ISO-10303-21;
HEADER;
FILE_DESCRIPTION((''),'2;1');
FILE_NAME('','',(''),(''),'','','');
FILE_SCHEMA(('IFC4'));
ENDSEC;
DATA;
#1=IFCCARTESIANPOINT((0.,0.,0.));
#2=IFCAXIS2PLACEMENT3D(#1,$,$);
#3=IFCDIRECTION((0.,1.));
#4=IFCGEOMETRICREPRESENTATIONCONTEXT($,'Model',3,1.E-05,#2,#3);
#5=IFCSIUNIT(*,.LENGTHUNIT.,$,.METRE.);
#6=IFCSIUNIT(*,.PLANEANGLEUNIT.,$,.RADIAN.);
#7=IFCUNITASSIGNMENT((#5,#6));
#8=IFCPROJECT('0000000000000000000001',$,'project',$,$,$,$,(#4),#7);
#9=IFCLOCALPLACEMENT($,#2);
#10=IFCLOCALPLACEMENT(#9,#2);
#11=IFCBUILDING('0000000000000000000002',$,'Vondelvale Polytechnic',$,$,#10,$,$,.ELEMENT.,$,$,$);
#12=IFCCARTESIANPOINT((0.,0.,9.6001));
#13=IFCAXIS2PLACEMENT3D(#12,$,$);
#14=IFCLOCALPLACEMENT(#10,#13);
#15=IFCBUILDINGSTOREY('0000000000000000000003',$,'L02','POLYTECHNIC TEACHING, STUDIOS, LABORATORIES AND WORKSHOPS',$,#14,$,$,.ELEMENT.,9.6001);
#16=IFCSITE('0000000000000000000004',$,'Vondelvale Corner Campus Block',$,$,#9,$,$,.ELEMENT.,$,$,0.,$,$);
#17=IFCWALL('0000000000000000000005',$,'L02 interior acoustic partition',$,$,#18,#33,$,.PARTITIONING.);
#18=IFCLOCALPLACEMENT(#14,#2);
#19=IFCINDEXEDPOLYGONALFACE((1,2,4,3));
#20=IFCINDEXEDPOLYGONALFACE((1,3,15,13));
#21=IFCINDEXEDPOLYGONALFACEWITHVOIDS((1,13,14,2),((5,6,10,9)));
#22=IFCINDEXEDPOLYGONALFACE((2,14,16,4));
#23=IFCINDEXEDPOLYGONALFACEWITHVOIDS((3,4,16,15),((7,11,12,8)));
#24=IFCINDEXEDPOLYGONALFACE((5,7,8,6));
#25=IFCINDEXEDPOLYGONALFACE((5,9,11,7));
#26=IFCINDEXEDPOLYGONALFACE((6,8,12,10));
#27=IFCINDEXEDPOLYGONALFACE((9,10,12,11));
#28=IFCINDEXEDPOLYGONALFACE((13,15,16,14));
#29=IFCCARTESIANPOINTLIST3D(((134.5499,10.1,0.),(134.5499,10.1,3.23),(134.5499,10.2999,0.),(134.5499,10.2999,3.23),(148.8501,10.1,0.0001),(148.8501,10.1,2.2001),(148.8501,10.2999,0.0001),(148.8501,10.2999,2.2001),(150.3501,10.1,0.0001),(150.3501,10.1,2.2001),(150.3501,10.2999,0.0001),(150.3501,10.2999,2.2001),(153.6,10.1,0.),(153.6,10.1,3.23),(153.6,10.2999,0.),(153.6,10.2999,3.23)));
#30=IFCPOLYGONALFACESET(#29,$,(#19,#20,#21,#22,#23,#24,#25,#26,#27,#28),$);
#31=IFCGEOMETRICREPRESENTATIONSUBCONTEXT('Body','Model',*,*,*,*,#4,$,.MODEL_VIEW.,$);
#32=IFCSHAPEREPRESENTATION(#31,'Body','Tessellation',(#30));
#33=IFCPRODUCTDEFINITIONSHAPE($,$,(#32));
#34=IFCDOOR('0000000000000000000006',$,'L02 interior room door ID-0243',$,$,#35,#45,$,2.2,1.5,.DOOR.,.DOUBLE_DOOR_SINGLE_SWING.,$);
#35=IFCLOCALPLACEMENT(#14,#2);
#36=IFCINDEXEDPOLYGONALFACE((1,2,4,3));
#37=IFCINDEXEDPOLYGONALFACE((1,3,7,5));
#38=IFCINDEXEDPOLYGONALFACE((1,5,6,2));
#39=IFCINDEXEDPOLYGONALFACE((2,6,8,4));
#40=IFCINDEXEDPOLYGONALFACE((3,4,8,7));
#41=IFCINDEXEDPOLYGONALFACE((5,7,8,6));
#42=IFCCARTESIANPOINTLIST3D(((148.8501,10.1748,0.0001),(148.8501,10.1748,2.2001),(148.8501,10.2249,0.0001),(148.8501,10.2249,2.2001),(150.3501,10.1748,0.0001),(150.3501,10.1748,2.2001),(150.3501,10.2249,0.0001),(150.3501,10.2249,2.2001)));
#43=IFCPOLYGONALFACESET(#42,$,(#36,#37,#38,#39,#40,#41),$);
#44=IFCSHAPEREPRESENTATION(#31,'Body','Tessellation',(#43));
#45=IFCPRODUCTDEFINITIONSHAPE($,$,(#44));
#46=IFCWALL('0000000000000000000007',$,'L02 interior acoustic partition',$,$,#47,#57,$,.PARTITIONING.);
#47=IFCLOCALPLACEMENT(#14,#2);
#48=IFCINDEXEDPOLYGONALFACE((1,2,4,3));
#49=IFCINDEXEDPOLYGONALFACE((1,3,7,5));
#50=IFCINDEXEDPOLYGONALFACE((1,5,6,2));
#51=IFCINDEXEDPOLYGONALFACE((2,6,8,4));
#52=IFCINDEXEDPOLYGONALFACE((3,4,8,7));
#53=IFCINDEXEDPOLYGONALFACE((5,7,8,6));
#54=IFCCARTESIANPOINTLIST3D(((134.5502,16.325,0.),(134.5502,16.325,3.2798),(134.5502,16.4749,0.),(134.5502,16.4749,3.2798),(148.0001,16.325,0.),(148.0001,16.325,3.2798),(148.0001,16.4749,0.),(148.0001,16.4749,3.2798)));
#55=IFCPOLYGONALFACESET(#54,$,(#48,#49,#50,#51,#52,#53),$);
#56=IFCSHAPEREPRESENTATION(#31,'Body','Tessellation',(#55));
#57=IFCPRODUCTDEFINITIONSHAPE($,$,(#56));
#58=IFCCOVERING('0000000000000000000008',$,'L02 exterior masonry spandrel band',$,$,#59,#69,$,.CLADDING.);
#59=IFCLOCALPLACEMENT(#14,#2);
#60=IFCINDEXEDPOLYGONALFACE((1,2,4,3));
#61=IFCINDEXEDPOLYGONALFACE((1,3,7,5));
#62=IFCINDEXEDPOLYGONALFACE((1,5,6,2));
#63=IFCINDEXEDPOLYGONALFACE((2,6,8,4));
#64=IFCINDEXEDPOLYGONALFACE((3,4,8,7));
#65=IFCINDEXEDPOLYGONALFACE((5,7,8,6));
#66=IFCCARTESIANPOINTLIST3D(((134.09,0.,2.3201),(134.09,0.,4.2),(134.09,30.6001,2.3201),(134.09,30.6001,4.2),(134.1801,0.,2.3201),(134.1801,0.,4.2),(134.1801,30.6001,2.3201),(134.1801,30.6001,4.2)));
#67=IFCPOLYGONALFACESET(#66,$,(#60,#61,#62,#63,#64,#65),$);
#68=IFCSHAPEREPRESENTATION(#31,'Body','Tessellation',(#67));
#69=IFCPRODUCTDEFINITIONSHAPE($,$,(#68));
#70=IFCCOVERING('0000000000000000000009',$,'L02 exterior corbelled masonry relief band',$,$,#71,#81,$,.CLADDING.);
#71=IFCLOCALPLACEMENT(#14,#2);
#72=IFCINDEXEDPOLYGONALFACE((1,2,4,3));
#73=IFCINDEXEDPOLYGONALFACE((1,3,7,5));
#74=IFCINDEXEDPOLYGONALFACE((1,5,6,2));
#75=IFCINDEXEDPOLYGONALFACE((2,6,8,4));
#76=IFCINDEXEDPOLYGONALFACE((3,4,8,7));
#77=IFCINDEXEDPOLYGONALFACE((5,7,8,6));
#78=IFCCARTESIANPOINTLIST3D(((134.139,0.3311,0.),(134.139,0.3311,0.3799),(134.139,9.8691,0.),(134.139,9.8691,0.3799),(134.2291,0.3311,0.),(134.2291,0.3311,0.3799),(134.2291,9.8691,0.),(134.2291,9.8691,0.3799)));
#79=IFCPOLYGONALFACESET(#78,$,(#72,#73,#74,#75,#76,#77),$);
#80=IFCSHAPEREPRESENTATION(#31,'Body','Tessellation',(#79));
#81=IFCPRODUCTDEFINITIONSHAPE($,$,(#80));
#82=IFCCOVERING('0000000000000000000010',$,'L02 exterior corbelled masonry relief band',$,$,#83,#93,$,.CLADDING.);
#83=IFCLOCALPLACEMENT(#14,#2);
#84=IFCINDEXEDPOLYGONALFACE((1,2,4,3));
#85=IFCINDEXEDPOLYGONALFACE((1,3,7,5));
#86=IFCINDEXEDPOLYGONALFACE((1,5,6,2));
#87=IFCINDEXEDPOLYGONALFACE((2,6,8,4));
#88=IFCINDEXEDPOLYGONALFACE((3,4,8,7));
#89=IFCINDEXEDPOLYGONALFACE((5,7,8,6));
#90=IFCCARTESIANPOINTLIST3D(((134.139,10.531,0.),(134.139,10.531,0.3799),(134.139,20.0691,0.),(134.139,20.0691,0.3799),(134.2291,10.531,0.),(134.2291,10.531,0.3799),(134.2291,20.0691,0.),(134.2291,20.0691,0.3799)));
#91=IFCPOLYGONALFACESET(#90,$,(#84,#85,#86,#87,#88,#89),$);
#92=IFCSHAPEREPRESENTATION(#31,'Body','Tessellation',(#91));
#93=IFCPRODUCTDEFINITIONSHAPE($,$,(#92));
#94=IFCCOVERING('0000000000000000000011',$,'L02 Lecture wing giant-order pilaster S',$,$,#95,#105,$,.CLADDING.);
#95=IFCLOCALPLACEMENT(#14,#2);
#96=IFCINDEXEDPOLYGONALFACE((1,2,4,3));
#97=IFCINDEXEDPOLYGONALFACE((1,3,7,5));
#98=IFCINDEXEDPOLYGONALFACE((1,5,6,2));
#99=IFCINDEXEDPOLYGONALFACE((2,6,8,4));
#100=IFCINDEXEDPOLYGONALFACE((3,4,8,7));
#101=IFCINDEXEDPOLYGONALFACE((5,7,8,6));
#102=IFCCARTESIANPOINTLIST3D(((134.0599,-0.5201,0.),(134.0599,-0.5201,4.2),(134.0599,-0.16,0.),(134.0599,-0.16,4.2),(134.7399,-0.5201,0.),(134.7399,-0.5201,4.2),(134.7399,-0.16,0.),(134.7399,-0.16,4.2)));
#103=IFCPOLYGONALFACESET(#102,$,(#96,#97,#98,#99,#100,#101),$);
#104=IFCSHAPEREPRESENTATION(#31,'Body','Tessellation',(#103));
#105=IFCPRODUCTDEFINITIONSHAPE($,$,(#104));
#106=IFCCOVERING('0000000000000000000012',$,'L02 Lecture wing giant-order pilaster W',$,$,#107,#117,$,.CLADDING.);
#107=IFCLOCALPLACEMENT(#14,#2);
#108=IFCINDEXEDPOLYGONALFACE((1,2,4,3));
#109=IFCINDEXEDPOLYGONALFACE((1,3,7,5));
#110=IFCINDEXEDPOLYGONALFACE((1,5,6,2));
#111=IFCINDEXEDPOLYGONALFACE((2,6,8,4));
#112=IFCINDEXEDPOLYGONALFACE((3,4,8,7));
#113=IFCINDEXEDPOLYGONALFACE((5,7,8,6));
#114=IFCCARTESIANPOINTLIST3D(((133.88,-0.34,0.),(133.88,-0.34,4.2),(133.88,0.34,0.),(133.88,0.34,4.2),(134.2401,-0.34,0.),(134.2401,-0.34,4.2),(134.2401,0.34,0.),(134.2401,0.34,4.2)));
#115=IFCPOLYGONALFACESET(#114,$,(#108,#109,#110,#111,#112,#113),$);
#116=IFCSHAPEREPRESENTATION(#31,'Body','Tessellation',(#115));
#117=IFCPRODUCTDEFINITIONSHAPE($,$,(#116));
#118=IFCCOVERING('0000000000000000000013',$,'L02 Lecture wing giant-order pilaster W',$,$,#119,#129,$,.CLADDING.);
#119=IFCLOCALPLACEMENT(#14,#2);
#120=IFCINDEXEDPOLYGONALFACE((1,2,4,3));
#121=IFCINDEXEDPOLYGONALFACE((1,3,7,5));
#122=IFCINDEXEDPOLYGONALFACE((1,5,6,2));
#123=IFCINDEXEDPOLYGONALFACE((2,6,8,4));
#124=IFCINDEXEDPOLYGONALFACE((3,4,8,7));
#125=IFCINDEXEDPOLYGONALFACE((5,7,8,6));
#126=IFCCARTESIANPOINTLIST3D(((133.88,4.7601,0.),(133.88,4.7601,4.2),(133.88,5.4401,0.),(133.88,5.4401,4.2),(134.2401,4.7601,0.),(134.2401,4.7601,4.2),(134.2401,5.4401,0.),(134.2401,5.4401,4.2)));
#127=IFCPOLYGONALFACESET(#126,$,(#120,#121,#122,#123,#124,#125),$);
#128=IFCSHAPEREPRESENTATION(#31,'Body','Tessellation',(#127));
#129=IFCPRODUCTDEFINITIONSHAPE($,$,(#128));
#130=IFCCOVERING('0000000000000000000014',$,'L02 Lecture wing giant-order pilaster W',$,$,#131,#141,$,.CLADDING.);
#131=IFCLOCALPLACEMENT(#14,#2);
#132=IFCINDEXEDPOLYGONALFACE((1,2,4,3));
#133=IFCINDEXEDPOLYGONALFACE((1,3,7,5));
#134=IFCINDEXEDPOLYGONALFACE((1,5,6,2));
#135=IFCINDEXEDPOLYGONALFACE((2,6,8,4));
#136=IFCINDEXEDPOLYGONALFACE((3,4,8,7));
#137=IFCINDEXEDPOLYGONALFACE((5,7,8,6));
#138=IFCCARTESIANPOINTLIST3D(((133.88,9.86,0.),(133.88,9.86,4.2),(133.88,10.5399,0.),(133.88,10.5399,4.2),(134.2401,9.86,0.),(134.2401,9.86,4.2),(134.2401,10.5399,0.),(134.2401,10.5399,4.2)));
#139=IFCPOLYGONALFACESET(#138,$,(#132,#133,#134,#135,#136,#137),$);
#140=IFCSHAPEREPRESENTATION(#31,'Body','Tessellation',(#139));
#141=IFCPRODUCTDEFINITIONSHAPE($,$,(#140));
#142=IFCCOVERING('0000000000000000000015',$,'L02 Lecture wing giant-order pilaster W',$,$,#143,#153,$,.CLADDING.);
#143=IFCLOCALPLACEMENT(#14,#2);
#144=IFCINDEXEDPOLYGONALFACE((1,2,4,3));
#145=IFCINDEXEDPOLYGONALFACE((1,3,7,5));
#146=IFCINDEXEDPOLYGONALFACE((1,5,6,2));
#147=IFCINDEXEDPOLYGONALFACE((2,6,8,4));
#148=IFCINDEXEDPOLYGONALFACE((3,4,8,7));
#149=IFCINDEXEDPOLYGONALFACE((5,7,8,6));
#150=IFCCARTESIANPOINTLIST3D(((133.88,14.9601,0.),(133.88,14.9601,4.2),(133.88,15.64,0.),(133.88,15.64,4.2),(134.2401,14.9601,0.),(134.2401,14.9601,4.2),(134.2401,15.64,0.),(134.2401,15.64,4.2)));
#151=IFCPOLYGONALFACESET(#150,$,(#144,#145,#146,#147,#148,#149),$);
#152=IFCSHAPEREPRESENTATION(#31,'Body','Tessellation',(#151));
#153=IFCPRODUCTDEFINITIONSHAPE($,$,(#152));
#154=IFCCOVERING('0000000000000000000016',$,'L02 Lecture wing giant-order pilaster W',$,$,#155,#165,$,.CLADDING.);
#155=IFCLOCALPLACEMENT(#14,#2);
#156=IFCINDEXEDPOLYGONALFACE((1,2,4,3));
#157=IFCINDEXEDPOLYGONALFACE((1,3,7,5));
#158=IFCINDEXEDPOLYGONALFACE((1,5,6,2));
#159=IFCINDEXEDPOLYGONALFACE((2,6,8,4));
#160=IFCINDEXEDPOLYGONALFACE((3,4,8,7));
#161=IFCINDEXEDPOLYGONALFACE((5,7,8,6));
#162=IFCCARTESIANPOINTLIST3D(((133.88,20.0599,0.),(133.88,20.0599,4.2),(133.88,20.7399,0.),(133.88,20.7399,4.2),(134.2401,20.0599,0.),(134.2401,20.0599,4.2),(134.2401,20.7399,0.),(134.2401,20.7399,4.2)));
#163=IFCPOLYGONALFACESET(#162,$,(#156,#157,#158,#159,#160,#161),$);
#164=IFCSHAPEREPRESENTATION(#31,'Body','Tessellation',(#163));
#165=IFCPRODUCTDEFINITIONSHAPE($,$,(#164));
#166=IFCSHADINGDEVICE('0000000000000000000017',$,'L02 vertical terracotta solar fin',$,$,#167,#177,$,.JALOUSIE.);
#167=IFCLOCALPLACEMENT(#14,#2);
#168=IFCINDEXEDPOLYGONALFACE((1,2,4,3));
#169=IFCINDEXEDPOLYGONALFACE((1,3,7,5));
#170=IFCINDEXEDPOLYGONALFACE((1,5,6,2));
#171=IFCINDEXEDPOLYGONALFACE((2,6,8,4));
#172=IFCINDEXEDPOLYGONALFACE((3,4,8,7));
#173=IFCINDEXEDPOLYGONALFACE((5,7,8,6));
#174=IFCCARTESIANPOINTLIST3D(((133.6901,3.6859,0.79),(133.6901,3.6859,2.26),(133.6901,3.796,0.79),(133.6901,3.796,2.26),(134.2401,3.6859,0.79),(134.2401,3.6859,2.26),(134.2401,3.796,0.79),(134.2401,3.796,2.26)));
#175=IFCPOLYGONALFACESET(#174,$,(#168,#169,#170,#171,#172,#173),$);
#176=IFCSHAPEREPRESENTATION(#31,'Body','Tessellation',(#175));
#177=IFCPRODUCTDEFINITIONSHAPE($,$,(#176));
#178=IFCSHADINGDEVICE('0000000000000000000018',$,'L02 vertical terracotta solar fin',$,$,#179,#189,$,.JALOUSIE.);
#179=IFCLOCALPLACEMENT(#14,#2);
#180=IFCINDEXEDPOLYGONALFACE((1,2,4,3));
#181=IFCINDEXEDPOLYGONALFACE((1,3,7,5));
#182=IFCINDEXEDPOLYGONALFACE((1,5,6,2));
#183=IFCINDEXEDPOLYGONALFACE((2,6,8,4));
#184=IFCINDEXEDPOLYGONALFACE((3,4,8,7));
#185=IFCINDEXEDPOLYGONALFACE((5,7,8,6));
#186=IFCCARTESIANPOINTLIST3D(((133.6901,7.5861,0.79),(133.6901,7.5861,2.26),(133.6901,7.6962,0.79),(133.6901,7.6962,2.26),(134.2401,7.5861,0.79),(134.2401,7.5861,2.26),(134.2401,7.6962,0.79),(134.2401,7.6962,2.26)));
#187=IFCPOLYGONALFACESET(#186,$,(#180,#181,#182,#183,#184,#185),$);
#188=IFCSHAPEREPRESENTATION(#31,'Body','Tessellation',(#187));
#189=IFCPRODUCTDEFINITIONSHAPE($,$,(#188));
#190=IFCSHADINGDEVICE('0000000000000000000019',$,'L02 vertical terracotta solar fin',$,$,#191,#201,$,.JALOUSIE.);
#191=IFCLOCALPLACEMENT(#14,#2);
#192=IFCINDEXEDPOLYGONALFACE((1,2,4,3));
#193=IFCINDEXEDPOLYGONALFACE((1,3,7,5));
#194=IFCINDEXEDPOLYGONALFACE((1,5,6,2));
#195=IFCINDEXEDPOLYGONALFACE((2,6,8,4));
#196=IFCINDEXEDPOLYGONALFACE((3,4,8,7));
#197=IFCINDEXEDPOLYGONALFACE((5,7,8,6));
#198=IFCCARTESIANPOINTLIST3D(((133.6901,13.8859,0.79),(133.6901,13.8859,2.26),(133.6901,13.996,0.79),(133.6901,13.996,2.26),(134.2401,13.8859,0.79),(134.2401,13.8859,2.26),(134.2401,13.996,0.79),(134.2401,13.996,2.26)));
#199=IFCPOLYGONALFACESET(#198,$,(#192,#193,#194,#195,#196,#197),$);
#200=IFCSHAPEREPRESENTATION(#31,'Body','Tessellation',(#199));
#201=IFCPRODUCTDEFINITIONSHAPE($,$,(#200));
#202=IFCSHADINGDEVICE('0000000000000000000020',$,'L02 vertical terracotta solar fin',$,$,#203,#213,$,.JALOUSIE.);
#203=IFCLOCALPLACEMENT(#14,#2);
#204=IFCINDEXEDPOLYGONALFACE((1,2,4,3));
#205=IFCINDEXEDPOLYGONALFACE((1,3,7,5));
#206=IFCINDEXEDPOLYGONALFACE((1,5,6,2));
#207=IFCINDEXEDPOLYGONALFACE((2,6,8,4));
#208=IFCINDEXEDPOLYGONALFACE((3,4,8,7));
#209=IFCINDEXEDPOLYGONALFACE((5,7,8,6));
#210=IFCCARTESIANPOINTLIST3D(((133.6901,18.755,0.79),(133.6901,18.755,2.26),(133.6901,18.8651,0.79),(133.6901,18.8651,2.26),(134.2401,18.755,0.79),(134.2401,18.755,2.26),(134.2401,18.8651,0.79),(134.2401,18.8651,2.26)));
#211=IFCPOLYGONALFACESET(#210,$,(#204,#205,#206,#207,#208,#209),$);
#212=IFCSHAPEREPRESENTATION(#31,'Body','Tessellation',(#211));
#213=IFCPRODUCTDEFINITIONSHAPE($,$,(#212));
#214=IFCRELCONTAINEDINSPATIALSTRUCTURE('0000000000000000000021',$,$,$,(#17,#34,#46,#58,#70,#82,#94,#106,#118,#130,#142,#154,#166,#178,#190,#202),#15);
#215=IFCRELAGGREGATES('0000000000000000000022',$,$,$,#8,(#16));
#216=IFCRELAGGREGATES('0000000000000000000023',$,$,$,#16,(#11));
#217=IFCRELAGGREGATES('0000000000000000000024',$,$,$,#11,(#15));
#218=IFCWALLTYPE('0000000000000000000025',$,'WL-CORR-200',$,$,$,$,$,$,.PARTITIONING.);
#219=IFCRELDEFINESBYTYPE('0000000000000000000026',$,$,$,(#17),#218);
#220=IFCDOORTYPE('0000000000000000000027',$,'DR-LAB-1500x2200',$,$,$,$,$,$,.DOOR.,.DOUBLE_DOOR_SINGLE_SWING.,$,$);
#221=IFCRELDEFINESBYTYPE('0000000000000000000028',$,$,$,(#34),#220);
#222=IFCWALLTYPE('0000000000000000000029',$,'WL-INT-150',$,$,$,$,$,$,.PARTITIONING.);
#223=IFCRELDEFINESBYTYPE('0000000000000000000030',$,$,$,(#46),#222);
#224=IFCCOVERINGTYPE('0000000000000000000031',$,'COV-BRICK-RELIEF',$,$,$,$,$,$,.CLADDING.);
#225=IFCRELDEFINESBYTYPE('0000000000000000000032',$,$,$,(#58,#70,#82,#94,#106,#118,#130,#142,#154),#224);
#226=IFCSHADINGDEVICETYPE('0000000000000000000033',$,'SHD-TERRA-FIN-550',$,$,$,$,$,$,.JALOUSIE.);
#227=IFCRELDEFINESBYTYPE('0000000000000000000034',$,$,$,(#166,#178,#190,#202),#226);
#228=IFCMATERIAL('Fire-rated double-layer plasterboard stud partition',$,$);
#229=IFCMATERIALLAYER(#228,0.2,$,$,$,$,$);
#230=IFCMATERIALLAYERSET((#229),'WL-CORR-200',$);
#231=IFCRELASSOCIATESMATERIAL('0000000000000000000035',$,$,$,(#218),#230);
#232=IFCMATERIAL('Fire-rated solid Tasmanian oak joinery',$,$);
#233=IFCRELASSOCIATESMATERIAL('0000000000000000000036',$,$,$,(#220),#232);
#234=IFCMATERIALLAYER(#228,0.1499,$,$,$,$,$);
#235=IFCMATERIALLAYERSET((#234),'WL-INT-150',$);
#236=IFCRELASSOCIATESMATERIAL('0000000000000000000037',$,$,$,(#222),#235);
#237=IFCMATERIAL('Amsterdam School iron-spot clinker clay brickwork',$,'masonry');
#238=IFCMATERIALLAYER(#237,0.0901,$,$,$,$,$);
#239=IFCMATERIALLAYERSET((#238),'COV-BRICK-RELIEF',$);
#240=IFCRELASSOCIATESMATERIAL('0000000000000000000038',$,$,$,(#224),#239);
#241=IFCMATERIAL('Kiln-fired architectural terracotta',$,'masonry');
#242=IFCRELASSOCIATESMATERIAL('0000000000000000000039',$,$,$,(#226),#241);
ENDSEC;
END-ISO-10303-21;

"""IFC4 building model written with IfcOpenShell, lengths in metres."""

from ifc_helpers import new_model, si_unit, direction, frame, frame_2d, origin, origin_2d, place, context, subcontext, project, spatial, rectangle, extrude, material, layer, layer_set, type_object, element, fill, save


model = new_model("IFC4")

# Units and contexts
model_context = context("Model", 3, precision=1e-05, world=origin(), true_north=direction((0.0, 1.0)))
body_context = subcontext(model_context, "Body", "Model", "MODEL_VIEW")
ifc_project = project(units=[si_unit("LENGTHUNIT", "METRE"), si_unit("PLANEANGLEUNIT", "RADIAN")], contexts=[model_context])

# Site, building, storey
site_placement = place(None, origin())
site = spatial("IfcSite", under=ifc_project, at=site_placement, Name="Vondelvale Corner Campus Block", CompositionType="ELEMENT", RefElevation=0.0)
building_placement = place(site_placement, origin())
building = spatial("IfcBuilding", under=site, at=building_placement, Name="Vondelvale Polytechnic", CompositionType="ELEMENT")
storey_placement = place(building_placement, frame((0.0, 0.0, 9.6001)))
storey = spatial("IfcBuildingStorey", under=building, at=storey_placement, Name="L02", Description="POLYTECHNIC TEACHING, STUDIOS, LABORATORIES AND WORKSHOPS", CompositionType="ELEMENT", Elevation=9.6001)

# Shared definitions
ifc_material_1 = material(Name="Amsterdam School iron-spot clinker clay brickwork", Category="masonry")

# Wall, opening, door
ifc_material_2 = material(Name="Fire-rated double-layer plasterboard stud partition")
ifc_layer_1 = layer(ifc_material_2, 0.2)
ifc_layer_set_1 = layer_set([ifc_layer_1], Name="WL-CORR-200")
wall_type_1 = type_object("IfcWallType", Name="WL-CORR-200", PredefinedType="PARTITIONING", material=ifc_layer_set_1)
wall_1_placement = place(storey_placement, frame((134.55, 10.2, 0.0), z_axis=(0.0, 0.0, 1.0), x_axis=(1.0, 0.0, 0.0)))
wall_1 = element("IfcWall", 1, at=wall_1_placement, inside=storey, type_object=wall_type_1, Name="L02 interior acoustic partition", PredefinedType="PARTITIONING", context=body_context, shape_type="SweptSolid", body=[
    extrude(rectangle(XDim=19.05, YDim=0.2, at=frame_2d((9.5249, 0.0))), origin(), (0.0, 0.0, 1.0), 3.23),
])
opening_1_placement = place(wall_1_placement, frame((14.3, 0.0, 0.0)))
opening_1 = element("IfcOpeningElement", 2, at=opening_1_placement, cuts=wall_1, PredefinedType="OPENING", context=body_context, shape_type="SweptSolid", body=[
    extrude(rectangle(XDim=1.5, YDim=2.2, at=frame_2d((0.75, 1.1001))), frame((0.0, 0.1099, 0.0), z_axis=(0.0, -1.0, 0.0), x_axis=(1.0, 0.0, 0.0)), (0.0, 0.0, 1.0), 0.22),
])
ifc_material_3 = material(Name="Fire-rated solid Tasmanian oak joinery")
door_type = type_object("IfcDoorType", Name="DR-LAB-1500x2200", OperationType="DOUBLE_DOOR_SINGLE_SWING", PredefinedType="DOOR", material=ifc_material_3)
door_placement = place(opening_1_placement, origin())
door = element("IfcDoor", 3, at=door_placement, inside=storey, type_object=door_type, Name="L02 interior room door ID-0243", OperationType="DOUBLE_DOOR_SINGLE_SWING", OverallHeight=2.2, OverallWidth=1.5, PredefinedType="DOOR", context=body_context, shape_type="SweptSolid", body=[
    extrude(rectangle(XDim=1.5, YDim=2.2, at=frame_2d((0.75, 1.1001))), frame((0.0, 0.0249, 0.0), z_axis=(0.0, -1.0, 0.0), x_axis=(1.0, 0.0, 0.0)), (0.0, 0.0, 1.0), 0.05),
])
fill(opening_1, door)

# Wall
ifc_layer_2 = layer(ifc_material_2, 0.1499)
ifc_layer_set_2 = layer_set([ifc_layer_2], Name="WL-INT-150")
wall_type_2 = type_object("IfcWallType", Name="WL-INT-150", PredefinedType="PARTITIONING", material=ifc_layer_set_2)
wall_2_placement = place(storey_placement, frame((134.55, 16.3999, 0.0), z_axis=(0.0, 0.0, 1.0), x_axis=(1.0, 0.0, 0.0)))
element("IfcWall", 4, at=wall_2_placement, inside=storey, type_object=wall_type_2, Name="L02 interior acoustic partition", PredefinedType="PARTITIONING", context=body_context, shape_type="SweptSolid", body=[
    extrude(rectangle(XDim=13.45, YDim=0.1499, at=frame_2d((6.7251, 0.0))), origin(), (0.0, 0.0, 1.0), 3.2798),
])

# Coverings
ifc_layer_3 = layer(ifc_material_1, 0.0901)
ifc_layer_set_3 = layer_set([ifc_layer_3], Name="COV-BRICK-RELIEF")
covering_type = type_object("IfcCoveringType", Name="COV-BRICK-RELIEF", PredefinedType="CLADDING", material=ifc_layer_set_3)
covering_1_placement = place(storey_placement, frame((134.135, 15.3, 2.3201), z_axis=(0.0, 0.0, 1.0), x_axis=(0.0, 1.0, 0.0)))
element("IfcCovering", 5, at=covering_1_placement, inside=storey, type_object=covering_type, Name="L02 exterior masonry spandrel band", PredefinedType="CLADDING", context=body_context, shape_type="SweptSolid", body=[
    extrude(rectangle(XDim=30.6001, YDim=0.0901, at=origin_2d()), origin(), (0.0, 0.0, 1.0), 1.8799),
])
for number, where, z_axis, x_axis, name in (
    (6, (134.1841, 5.1001, 0.0), (0.0, 0.0, 1.0), (0.0, 1.0, 0.0), "L02 exterior corbelled masonry relief band"),
    (7, (134.1841, 15.3, 0.0), (0.0, 0.0, 1.0), (0.0, 1.0, 0.0), "L02 exterior corbelled masonry relief band"),
):
    element("IfcCovering", number, at=place(storey_placement, frame(where, z_axis=z_axis, x_axis=x_axis)), inside=storey, type_object=covering_type, Name=name, PredefinedType="CLADDING", context=body_context, shape_type="SweptSolid", body=[
        extrude(rectangle(XDim=9.5381, YDim=0.0901, at=origin_2d()), origin(), (0.0, 0.0, 1.0), 0.3799),
    ])
covering_2_placement = place(storey_placement, frame((134.3999, -0.3401, 0.0), z_axis=(0.0, 0.0, 1.0), x_axis=(1.0, 0.0, 0.0)))
element("IfcCovering", 8, at=covering_2_placement, inside=storey, type_object=covering_type, Name="L02 Lecture wing giant-order pilaster S", PredefinedType="CLADDING", context=body_context, shape_type="SweptSolid", body=[
    extrude(rectangle(XDim=0.6799, YDim=0.3601, at=origin_2d()), origin(), (0.0, 0.0, 1.0), 4.2),
])
for number, where, z_axis, x_axis, name in (
    (9, (134.0601, 0.0, 0.0), (0.0, 0.0, 1.0), (1.0, 0.0, 0.0), "L02 Lecture wing giant-order pilaster W"),
    (10, (134.0601, 5.1001, 0.0), (0.0, 0.0, 1.0), (1.0, 0.0, 0.0), "L02 Lecture wing giant-order pilaster W"),
    (11, (134.0601, 10.2, 0.0), (0.0, 0.0, 1.0), (1.0, 0.0, 0.0), "L02 Lecture wing giant-order pilaster W"),
    (12, (134.0601, 15.3, 0.0), (0.0, 0.0, 1.0), (1.0, 0.0, 0.0), "L02 Lecture wing giant-order pilaster W"),
    (13, (134.0601, 20.3999, 0.0), (0.0, 0.0, 1.0), (1.0, 0.0, 0.0), "L02 Lecture wing giant-order pilaster W"),
):
    element("IfcCovering", number, at=place(storey_placement, frame(where, z_axis=z_axis, x_axis=x_axis)), inside=storey, type_object=covering_type, Name=name, PredefinedType="CLADDING", context=body_context, shape_type="SweptSolid", body=[
        extrude(rectangle(XDim=0.3601, YDim=0.6799, at=origin_2d()), origin(), (0.0, 0.0, 1.0), 4.2),
    ])

# Shading devices
ifc_material_4 = material(Name="Kiln-fired architectural terracotta", Category="masonry")
shading_device_type = type_object("IfcShadingDeviceType", Name="SHD-TERRA-FIN-550", PredefinedType="JALOUSIE", material=ifc_material_4)
for number, where, z_axis, x_axis, name in (
    (14, (133.9651, 3.741, 0.79), (0.0, 0.0, 1.0), (0.0, 1.0, 0.0), "L02 vertical terracotta solar fin"),
    (15, (133.9651, 7.6411, 0.79), (0.0, 0.0, 1.0), (0.0, 1.0, 0.0), "L02 vertical terracotta solar fin"),
    (16, (133.9651, 13.9409, 0.79), (0.0, 0.0, 1.0), (0.0, 1.0, 0.0), "L02 vertical terracotta solar fin"),
    (17, (133.9651, 18.8101, 0.79), (0.0, 0.0, 1.0), (0.0, 1.0, 0.0), "L02 vertical terracotta solar fin"),
):
    element("IfcShadingDevice", number, at=place(storey_placement, frame(where, z_axis=z_axis, x_axis=x_axis)), inside=storey, type_object=shading_device_type, Name=name, PredefinedType="JALOUSIE", context=body_context, shape_type="SweptSolid", body=[
        extrude(rectangle(XDim=0.1101, YDim=0.55, at=origin_2d()), origin(), (0.0, 0.0, 1.0), 1.47),
    ])

save(model, "model.ifc")
